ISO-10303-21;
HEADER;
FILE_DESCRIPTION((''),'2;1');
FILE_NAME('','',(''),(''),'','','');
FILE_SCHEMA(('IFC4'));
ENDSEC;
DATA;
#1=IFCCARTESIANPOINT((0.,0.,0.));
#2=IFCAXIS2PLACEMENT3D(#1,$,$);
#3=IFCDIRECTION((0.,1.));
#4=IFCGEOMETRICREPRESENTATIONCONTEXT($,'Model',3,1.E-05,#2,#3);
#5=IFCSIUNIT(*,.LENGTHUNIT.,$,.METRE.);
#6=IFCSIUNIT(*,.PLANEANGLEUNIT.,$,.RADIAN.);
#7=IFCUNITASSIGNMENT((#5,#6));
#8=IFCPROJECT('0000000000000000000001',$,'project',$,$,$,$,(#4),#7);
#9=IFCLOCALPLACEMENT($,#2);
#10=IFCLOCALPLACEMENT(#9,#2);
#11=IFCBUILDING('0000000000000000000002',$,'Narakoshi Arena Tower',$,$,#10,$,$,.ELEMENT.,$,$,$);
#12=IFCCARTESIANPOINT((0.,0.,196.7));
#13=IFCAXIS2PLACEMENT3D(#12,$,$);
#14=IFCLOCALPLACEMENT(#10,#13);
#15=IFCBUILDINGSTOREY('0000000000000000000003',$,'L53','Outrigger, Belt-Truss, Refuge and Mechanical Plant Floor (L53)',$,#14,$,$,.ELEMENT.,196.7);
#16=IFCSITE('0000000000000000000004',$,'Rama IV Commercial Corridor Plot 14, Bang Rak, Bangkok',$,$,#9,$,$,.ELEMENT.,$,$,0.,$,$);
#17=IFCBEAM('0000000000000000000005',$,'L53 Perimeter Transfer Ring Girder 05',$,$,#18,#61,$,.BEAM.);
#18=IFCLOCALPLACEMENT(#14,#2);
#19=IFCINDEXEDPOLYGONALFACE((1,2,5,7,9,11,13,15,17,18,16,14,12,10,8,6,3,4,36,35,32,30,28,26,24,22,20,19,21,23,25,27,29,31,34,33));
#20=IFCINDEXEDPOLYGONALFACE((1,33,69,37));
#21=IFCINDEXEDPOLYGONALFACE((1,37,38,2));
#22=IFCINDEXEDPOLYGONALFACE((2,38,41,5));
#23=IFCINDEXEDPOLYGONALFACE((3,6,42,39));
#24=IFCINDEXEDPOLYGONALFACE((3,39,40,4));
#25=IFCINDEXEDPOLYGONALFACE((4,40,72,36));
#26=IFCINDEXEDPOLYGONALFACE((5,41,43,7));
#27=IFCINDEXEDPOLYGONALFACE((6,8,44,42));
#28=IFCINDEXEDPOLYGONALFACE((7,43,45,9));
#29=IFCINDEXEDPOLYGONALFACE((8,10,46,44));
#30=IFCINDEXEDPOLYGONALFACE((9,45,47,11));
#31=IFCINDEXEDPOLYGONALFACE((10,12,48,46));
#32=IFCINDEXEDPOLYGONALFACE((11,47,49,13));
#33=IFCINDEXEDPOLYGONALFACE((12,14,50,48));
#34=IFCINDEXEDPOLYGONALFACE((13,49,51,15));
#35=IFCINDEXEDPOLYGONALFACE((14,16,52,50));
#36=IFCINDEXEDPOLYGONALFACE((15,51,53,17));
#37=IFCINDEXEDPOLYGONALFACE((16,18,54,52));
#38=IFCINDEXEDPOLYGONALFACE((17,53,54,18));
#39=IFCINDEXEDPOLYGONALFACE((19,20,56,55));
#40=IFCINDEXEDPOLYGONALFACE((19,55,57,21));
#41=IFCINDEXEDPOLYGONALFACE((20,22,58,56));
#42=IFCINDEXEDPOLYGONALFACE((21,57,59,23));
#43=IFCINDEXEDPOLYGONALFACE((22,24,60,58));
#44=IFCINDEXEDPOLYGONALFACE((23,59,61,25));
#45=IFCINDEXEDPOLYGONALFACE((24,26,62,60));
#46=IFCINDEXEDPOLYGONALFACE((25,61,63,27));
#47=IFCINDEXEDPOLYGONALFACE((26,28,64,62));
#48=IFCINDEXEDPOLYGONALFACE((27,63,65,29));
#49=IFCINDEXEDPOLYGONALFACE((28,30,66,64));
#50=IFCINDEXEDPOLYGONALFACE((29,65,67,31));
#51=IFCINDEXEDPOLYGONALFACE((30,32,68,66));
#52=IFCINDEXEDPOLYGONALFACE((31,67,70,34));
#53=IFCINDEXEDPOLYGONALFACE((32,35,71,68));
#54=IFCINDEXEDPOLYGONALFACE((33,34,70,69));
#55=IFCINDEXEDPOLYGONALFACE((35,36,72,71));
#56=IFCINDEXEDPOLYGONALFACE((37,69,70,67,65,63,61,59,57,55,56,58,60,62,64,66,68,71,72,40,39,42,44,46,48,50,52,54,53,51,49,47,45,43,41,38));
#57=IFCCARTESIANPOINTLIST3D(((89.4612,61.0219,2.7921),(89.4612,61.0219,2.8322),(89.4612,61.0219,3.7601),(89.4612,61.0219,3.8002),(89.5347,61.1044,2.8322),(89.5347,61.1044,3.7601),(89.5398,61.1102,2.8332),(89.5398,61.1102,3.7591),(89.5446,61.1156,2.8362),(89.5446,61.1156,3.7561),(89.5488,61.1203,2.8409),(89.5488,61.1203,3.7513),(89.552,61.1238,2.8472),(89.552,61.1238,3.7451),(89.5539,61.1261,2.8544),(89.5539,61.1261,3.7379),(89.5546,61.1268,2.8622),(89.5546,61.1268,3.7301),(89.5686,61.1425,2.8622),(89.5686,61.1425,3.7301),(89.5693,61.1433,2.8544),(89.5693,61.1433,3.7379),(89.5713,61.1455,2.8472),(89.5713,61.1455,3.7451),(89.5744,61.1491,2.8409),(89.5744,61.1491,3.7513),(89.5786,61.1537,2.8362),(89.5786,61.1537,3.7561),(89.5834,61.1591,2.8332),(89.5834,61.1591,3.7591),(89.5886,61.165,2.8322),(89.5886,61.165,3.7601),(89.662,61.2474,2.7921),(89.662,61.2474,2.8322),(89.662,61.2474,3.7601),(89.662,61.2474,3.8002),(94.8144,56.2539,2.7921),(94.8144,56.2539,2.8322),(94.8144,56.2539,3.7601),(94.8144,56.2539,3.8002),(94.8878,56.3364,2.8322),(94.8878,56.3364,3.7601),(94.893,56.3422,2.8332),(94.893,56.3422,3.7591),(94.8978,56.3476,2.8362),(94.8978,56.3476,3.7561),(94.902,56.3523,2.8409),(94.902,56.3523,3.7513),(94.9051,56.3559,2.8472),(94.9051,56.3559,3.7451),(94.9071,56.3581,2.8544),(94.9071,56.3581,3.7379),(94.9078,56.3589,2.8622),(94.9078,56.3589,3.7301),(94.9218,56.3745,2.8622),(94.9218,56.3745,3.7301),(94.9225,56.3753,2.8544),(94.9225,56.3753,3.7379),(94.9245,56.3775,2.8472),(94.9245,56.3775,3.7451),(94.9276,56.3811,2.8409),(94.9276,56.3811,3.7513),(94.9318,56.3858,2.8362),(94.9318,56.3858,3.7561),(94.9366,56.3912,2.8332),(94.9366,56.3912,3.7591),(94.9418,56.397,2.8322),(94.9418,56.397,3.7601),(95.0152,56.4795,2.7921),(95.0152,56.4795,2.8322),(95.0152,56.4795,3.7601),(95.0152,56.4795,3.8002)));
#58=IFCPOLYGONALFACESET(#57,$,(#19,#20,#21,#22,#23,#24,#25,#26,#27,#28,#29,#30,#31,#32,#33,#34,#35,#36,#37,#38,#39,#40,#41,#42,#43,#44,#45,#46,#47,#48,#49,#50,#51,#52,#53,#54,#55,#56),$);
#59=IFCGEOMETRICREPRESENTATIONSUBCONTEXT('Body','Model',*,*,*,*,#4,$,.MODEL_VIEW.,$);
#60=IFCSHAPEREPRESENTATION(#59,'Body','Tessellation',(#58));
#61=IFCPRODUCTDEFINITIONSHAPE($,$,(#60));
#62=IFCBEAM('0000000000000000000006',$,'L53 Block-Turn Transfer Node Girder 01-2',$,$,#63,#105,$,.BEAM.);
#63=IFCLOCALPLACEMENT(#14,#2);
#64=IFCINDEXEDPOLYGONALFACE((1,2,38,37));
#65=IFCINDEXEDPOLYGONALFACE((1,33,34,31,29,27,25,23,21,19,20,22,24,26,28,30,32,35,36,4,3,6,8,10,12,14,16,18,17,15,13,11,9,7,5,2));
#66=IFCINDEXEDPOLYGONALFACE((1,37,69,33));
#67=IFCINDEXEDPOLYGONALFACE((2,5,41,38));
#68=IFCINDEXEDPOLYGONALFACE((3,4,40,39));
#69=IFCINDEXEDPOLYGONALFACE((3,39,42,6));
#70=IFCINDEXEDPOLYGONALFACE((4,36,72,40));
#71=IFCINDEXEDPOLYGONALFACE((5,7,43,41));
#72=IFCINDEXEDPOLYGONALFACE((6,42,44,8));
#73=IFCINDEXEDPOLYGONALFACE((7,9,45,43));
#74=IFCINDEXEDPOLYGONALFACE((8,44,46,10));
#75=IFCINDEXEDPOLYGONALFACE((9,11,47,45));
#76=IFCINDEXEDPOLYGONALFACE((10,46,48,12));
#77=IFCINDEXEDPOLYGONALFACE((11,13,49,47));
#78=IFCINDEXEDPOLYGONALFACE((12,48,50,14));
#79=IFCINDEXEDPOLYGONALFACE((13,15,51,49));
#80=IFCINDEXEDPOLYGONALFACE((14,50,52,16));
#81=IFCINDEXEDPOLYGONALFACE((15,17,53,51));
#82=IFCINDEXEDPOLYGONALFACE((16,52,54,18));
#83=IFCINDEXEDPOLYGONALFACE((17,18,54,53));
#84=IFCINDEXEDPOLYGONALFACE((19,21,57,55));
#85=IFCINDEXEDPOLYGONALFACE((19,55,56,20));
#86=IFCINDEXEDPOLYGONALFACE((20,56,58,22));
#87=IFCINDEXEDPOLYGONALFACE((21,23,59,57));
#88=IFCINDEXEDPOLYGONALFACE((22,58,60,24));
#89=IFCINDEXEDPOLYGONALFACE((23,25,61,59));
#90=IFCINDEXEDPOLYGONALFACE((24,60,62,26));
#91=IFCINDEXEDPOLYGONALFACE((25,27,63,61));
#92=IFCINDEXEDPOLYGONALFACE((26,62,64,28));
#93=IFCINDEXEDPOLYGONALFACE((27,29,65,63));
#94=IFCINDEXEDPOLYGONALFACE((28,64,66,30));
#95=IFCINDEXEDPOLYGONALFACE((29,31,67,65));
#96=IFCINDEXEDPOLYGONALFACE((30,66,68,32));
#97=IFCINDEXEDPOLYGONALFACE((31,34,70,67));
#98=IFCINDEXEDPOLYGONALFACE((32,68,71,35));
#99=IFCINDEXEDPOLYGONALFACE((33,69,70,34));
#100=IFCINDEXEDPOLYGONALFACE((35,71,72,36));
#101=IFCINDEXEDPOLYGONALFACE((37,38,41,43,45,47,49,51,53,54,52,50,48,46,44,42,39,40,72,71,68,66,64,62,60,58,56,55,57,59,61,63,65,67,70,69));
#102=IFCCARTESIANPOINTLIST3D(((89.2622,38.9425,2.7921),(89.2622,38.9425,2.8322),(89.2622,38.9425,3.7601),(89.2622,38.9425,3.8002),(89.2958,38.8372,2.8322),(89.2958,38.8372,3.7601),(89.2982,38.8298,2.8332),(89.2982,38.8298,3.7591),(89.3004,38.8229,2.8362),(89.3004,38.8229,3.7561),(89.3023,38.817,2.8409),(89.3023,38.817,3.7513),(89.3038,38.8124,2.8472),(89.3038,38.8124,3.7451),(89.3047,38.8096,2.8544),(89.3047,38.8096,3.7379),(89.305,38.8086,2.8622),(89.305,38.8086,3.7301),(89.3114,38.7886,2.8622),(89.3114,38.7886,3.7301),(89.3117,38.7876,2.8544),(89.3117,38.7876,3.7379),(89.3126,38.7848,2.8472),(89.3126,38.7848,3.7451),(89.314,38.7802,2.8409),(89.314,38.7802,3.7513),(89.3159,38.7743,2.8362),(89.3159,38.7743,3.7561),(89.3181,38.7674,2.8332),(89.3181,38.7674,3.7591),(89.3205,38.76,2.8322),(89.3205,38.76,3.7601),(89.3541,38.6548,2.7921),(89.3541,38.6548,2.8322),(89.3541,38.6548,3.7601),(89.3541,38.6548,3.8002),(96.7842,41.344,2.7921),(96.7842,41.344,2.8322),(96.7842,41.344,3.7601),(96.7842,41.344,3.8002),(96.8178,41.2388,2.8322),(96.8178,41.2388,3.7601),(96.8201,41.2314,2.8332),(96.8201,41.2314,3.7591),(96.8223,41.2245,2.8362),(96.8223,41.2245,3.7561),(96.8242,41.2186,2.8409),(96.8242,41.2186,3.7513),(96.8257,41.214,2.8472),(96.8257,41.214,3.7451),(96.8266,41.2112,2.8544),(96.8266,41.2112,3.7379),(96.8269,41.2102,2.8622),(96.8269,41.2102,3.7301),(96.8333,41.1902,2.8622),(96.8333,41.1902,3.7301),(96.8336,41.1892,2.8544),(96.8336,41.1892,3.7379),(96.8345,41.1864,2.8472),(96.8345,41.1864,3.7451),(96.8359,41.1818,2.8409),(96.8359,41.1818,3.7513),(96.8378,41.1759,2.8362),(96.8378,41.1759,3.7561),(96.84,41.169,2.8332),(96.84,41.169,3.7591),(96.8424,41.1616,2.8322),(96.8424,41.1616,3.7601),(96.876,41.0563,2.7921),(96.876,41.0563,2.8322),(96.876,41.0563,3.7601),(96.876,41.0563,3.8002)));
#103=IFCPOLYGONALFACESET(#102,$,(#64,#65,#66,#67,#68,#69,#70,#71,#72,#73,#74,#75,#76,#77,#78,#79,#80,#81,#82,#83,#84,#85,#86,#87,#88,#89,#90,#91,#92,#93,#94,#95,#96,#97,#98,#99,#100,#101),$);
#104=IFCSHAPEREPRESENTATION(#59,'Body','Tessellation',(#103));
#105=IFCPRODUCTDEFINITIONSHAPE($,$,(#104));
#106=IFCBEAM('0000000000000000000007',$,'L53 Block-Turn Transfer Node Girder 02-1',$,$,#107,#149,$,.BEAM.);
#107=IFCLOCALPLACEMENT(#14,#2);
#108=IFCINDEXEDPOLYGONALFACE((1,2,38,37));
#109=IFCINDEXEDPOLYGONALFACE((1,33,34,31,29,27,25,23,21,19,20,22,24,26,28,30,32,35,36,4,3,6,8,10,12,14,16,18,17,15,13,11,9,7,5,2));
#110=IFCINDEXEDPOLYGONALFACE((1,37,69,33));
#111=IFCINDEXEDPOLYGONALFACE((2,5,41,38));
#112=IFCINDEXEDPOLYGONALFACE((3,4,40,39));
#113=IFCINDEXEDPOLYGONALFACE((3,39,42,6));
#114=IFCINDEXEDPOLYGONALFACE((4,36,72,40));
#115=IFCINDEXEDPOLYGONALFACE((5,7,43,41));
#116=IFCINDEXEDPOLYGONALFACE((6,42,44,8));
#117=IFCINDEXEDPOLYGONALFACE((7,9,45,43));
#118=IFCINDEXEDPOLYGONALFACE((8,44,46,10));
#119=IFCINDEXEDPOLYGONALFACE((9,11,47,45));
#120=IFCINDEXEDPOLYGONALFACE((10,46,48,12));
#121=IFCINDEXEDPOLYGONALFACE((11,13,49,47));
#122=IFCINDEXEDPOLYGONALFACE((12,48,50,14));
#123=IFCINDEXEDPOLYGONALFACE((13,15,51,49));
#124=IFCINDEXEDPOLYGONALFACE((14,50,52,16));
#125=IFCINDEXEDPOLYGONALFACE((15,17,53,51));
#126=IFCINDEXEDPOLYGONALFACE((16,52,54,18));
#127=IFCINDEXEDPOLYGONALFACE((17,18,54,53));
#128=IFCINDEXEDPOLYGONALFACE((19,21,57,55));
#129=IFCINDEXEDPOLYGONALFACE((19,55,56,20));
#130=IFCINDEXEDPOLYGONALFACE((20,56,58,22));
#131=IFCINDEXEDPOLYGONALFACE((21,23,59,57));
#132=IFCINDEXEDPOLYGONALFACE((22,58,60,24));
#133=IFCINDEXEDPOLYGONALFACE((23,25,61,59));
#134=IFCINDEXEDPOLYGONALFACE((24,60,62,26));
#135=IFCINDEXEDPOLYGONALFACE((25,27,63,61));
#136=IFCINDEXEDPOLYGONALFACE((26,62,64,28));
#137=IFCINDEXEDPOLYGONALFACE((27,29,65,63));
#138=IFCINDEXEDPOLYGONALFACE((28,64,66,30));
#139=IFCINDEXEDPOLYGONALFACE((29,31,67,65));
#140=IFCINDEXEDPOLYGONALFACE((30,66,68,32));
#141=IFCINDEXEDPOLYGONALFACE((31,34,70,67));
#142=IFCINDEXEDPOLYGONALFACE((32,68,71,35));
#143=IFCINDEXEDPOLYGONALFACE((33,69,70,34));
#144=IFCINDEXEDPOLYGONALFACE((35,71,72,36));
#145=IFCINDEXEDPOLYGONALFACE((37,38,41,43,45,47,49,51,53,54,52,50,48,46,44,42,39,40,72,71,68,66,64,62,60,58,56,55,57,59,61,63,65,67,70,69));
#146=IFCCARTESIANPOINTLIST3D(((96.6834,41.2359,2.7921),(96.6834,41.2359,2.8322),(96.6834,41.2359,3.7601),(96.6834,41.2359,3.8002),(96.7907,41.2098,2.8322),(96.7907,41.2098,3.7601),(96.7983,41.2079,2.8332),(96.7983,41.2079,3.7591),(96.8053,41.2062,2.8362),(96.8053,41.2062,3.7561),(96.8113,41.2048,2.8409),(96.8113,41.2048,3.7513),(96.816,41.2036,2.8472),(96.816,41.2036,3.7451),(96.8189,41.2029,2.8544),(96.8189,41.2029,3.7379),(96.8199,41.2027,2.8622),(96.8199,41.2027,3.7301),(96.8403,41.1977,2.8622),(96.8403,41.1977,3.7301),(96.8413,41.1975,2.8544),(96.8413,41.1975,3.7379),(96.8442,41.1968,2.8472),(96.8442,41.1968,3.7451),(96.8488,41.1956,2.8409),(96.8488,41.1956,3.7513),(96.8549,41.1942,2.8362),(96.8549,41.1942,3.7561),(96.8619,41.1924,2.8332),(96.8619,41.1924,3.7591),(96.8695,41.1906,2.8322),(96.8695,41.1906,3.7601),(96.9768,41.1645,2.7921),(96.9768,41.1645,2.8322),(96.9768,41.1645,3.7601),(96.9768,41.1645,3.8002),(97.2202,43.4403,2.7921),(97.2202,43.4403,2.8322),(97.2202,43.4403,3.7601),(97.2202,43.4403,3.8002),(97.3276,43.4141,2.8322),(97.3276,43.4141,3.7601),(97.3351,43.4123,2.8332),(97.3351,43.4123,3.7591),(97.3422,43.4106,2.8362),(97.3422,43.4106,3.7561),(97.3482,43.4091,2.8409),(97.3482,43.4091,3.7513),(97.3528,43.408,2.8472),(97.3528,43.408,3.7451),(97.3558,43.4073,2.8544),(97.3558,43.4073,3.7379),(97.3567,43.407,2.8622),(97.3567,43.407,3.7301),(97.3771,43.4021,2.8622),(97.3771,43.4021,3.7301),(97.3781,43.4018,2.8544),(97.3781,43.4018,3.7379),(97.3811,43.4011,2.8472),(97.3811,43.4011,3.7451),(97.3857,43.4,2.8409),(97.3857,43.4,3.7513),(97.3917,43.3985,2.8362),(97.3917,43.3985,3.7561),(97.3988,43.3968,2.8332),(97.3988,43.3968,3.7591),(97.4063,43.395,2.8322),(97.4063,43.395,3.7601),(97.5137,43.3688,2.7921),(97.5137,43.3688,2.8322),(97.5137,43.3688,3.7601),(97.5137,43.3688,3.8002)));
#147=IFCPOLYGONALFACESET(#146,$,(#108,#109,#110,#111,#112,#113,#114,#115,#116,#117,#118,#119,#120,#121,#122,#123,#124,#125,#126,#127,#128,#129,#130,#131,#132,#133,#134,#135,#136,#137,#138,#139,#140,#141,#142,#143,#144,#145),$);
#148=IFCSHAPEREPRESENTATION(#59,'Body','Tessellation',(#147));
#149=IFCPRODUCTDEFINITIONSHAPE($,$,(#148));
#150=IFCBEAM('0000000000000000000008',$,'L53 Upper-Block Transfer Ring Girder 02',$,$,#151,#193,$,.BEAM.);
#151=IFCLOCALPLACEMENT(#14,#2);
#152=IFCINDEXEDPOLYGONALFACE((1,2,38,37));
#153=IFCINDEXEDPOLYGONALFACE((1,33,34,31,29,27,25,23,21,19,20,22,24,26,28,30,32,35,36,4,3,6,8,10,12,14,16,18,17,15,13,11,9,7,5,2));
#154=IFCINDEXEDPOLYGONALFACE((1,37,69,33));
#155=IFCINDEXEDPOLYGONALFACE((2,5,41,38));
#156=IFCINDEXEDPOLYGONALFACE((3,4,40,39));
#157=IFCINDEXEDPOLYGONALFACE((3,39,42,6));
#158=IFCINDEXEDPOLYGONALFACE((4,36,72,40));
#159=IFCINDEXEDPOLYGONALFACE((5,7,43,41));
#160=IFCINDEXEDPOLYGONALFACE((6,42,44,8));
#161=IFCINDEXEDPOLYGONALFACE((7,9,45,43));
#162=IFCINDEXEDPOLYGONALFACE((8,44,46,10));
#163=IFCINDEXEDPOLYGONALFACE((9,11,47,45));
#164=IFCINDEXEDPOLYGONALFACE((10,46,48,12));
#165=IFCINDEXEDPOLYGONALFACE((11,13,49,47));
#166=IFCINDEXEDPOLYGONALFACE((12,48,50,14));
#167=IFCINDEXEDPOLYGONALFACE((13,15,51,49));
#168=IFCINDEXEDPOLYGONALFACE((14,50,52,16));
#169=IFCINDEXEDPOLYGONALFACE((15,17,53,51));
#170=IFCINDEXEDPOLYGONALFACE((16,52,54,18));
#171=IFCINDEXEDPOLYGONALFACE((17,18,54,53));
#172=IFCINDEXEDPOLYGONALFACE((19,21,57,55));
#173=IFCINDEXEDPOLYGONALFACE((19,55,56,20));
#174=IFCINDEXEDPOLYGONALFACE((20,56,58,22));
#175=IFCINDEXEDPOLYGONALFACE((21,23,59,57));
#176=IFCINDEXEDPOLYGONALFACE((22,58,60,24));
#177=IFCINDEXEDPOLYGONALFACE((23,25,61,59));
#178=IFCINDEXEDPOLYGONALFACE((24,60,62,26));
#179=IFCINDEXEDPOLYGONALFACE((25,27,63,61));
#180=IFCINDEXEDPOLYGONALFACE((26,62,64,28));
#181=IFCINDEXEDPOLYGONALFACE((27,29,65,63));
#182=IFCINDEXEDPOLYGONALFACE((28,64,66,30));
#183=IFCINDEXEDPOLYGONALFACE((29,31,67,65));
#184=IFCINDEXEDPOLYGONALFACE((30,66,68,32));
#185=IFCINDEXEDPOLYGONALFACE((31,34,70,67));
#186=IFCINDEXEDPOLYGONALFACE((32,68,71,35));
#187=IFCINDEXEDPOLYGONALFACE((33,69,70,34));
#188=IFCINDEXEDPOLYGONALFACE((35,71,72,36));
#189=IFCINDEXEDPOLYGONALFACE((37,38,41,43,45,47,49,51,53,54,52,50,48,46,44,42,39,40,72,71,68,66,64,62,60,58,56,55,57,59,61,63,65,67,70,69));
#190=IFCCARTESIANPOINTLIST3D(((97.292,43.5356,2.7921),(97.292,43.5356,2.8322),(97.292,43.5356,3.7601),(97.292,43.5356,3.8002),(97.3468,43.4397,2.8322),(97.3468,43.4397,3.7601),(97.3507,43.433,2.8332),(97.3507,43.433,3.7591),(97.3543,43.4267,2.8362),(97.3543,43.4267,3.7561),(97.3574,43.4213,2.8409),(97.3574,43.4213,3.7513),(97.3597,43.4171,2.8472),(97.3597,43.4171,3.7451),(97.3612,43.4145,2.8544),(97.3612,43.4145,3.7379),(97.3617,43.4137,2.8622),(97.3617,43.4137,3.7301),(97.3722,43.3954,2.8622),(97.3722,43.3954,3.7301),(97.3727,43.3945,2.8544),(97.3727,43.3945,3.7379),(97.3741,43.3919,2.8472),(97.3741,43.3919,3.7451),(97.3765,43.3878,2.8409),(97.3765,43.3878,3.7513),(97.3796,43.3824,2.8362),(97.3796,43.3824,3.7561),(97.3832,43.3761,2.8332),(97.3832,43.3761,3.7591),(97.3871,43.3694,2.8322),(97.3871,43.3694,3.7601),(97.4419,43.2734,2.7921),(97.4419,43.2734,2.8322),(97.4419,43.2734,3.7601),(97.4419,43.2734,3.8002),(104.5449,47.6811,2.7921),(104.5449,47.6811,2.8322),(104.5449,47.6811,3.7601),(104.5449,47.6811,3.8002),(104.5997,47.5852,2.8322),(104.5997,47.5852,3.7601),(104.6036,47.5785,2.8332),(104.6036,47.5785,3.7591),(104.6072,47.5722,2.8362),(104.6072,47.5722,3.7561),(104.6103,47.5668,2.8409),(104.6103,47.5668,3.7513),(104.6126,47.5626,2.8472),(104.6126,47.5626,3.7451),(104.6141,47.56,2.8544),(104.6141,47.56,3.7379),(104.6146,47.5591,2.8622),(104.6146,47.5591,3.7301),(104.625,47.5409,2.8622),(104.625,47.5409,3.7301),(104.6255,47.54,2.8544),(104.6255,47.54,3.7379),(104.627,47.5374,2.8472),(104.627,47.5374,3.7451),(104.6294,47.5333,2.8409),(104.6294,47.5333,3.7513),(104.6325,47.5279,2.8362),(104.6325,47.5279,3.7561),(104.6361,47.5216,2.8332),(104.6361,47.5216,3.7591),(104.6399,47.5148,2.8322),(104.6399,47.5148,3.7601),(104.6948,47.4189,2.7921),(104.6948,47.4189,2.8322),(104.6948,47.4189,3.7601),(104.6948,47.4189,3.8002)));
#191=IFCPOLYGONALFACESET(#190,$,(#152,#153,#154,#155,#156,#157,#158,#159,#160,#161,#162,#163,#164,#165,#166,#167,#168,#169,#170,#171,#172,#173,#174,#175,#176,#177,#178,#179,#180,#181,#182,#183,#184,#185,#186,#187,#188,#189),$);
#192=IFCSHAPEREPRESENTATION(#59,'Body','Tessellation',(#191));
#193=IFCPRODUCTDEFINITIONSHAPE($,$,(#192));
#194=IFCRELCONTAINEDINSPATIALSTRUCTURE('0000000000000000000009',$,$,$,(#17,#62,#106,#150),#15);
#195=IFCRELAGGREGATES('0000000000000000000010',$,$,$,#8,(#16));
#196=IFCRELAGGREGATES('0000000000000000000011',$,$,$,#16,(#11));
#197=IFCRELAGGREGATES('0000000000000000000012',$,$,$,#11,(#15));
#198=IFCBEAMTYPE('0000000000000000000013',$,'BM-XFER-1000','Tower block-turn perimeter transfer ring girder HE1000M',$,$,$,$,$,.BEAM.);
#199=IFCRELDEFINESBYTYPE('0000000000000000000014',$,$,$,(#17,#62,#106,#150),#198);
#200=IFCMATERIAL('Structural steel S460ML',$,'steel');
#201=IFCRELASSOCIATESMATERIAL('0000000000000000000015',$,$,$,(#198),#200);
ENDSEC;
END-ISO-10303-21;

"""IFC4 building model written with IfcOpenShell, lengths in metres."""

from ifc_helpers import new_model, si_unit, direction, frame, origin, origin_2d, place, context, subcontext, project, spatial, i_section, extrude, material, material_profile, profile_set, type_object, element, save


model = new_model("IFC4")

# Units and contexts
model_context = context("Model", 3, precision=1e-05, world=origin(), true_north=direction((0.0, 1.0)))
body_context = subcontext(model_context, "Body", "Model", "MODEL_VIEW")
ifc_project = project(units=[si_unit("LENGTHUNIT", "METRE"), si_unit("PLANEANGLEUNIT", "RADIAN")], contexts=[model_context])

# Site, building, storey
site_placement = place(None, origin())
site = spatial("IfcSite", under=ifc_project, at=site_placement, Name="Rama IV Commercial Corridor Plot 14, Bang Rak, Bangkok", CompositionType="ELEMENT", RefElevation=0.0)
building_placement = place(site_placement, origin())
building = spatial("IfcBuilding", under=site, at=building_placement, Name="Narakoshi Arena Tower", CompositionType="ELEMENT")
storey_placement = place(building_placement, frame((0.0, 0.0, 196.7)))
storey = spatial("IfcBuildingStorey", under=building, at=storey_placement, Name="L53", Description="Outrigger, Belt-Truss, Refuge and Mechanical Plant Floor (L53)", CompositionType="ELEMENT", Elevation=196.7)

# Shared definitions
ifc_material_1 = material(Name="Structural steel S460ML", Category="steel")

# Beams
ifc_material_profile_1 = material_profile(ifc_material_1, i_section(OverallWidth=0.302, OverallDepth=1.0081, WebThickness=0.021, FlangeThickness=0.04, FilletRadius=0.03, at=origin_2d()), Name="HE1000M")
ifc_profile_set_1 = profile_set([ifc_material_profile_1], Name="Structural steel S460ML")
beam_type_1 = type_object("IfcBeamType", Name="BM-XFER-1000", Description="Tower block-turn perimeter transfer ring girder HE1000M", PredefinedType="BEAM", material=ifc_profile_set_1)
beam_1_placement = place(storey_placement, frame((94.9148, 56.3667, 3.2961), z_axis=(-0.746744, 0.665112, 0.0), x_axis=(-0.665112, -0.746744, 0.0)))
element("IfcBeam", 1, at=beam_1_placement, inside=storey, type_object=beam_type_1, Name="L53 Perimeter Transfer Ring Girder 05", PredefinedType="BEAM", context=body_context, shape_type="SweptSolid", body=[
    extrude(i_section(OverallWidth=0.302, OverallDepth=1.0081, WebThickness=0.021, FlangeThickness=0.04, FilletRadius=0.03, at=origin_2d()), origin(), (0.0, 0.0, 1.0), 7.1687),
])
beam_2_placement = place(storey_placement, frame((96.8301, 41.2002, 3.2961), z_axis=(-0.952623, -0.304153, 0.0), x_axis=(0.304153, -0.952623, 0.0)))
element("IfcBeam", 2, at=beam_2_placement, inside=storey, type_object=beam_type_1, Name="L53 Block-Turn Transfer Node Girder 01-2", PredefinedType="BEAM", context=body_context, shape_type="SweptSolid", body=[
    extrude(i_section(OverallWidth=0.302, OverallDepth=1.0081, WebThickness=0.021, FlangeThickness=0.04, FilletRadius=0.03, at=origin_2d()), origin(), (0.0, 0.0, 1.0), 7.896),
])
beam_3_placement = place(storey_placement, frame((96.8301, 41.2002, 3.2961), z_axis=(0.236632, 0.971599, 0.0), x_axis=(-0.971599, 0.236632, 0.0)))
element("IfcBeam", 3, at=beam_3_placement, inside=storey, type_object=beam_type_1, Name="L53 Block-Turn Transfer Node Girder 02-1", PredefinedType="BEAM", context=body_context, shape_type="SweptSolid", body=[
    extrude(i_section(OverallWidth=0.302, OverallDepth=1.0081, WebThickness=0.021, FlangeThickness=0.04, FilletRadius=0.03, at=origin_2d()), origin(), (0.0, 0.0, 1.0), 2.2688),
])
beam_4_placement = place(storey_placement, frame((97.3669, 43.4045, 3.2961), z_axis=(0.868193, 0.496227, 0.0), x_axis=(-0.496227, 0.868193, 0.0)))
element("IfcBeam", 4, at=beam_4_placement, inside=storey, type_object=beam_type_1, Name="L53 Upper-Block Transfer Ring Girder 02", PredefinedType="BEAM", context=body_context, shape_type="SweptSolid", body=[
    extrude(i_section(OverallWidth=0.302, OverallDepth=1.0081, WebThickness=0.021, FlangeThickness=0.04, FilletRadius=0.03, at=origin_2d()), origin(), (0.0, 0.0, 1.0), 8.354),
])

save(model, "model.ifc")
